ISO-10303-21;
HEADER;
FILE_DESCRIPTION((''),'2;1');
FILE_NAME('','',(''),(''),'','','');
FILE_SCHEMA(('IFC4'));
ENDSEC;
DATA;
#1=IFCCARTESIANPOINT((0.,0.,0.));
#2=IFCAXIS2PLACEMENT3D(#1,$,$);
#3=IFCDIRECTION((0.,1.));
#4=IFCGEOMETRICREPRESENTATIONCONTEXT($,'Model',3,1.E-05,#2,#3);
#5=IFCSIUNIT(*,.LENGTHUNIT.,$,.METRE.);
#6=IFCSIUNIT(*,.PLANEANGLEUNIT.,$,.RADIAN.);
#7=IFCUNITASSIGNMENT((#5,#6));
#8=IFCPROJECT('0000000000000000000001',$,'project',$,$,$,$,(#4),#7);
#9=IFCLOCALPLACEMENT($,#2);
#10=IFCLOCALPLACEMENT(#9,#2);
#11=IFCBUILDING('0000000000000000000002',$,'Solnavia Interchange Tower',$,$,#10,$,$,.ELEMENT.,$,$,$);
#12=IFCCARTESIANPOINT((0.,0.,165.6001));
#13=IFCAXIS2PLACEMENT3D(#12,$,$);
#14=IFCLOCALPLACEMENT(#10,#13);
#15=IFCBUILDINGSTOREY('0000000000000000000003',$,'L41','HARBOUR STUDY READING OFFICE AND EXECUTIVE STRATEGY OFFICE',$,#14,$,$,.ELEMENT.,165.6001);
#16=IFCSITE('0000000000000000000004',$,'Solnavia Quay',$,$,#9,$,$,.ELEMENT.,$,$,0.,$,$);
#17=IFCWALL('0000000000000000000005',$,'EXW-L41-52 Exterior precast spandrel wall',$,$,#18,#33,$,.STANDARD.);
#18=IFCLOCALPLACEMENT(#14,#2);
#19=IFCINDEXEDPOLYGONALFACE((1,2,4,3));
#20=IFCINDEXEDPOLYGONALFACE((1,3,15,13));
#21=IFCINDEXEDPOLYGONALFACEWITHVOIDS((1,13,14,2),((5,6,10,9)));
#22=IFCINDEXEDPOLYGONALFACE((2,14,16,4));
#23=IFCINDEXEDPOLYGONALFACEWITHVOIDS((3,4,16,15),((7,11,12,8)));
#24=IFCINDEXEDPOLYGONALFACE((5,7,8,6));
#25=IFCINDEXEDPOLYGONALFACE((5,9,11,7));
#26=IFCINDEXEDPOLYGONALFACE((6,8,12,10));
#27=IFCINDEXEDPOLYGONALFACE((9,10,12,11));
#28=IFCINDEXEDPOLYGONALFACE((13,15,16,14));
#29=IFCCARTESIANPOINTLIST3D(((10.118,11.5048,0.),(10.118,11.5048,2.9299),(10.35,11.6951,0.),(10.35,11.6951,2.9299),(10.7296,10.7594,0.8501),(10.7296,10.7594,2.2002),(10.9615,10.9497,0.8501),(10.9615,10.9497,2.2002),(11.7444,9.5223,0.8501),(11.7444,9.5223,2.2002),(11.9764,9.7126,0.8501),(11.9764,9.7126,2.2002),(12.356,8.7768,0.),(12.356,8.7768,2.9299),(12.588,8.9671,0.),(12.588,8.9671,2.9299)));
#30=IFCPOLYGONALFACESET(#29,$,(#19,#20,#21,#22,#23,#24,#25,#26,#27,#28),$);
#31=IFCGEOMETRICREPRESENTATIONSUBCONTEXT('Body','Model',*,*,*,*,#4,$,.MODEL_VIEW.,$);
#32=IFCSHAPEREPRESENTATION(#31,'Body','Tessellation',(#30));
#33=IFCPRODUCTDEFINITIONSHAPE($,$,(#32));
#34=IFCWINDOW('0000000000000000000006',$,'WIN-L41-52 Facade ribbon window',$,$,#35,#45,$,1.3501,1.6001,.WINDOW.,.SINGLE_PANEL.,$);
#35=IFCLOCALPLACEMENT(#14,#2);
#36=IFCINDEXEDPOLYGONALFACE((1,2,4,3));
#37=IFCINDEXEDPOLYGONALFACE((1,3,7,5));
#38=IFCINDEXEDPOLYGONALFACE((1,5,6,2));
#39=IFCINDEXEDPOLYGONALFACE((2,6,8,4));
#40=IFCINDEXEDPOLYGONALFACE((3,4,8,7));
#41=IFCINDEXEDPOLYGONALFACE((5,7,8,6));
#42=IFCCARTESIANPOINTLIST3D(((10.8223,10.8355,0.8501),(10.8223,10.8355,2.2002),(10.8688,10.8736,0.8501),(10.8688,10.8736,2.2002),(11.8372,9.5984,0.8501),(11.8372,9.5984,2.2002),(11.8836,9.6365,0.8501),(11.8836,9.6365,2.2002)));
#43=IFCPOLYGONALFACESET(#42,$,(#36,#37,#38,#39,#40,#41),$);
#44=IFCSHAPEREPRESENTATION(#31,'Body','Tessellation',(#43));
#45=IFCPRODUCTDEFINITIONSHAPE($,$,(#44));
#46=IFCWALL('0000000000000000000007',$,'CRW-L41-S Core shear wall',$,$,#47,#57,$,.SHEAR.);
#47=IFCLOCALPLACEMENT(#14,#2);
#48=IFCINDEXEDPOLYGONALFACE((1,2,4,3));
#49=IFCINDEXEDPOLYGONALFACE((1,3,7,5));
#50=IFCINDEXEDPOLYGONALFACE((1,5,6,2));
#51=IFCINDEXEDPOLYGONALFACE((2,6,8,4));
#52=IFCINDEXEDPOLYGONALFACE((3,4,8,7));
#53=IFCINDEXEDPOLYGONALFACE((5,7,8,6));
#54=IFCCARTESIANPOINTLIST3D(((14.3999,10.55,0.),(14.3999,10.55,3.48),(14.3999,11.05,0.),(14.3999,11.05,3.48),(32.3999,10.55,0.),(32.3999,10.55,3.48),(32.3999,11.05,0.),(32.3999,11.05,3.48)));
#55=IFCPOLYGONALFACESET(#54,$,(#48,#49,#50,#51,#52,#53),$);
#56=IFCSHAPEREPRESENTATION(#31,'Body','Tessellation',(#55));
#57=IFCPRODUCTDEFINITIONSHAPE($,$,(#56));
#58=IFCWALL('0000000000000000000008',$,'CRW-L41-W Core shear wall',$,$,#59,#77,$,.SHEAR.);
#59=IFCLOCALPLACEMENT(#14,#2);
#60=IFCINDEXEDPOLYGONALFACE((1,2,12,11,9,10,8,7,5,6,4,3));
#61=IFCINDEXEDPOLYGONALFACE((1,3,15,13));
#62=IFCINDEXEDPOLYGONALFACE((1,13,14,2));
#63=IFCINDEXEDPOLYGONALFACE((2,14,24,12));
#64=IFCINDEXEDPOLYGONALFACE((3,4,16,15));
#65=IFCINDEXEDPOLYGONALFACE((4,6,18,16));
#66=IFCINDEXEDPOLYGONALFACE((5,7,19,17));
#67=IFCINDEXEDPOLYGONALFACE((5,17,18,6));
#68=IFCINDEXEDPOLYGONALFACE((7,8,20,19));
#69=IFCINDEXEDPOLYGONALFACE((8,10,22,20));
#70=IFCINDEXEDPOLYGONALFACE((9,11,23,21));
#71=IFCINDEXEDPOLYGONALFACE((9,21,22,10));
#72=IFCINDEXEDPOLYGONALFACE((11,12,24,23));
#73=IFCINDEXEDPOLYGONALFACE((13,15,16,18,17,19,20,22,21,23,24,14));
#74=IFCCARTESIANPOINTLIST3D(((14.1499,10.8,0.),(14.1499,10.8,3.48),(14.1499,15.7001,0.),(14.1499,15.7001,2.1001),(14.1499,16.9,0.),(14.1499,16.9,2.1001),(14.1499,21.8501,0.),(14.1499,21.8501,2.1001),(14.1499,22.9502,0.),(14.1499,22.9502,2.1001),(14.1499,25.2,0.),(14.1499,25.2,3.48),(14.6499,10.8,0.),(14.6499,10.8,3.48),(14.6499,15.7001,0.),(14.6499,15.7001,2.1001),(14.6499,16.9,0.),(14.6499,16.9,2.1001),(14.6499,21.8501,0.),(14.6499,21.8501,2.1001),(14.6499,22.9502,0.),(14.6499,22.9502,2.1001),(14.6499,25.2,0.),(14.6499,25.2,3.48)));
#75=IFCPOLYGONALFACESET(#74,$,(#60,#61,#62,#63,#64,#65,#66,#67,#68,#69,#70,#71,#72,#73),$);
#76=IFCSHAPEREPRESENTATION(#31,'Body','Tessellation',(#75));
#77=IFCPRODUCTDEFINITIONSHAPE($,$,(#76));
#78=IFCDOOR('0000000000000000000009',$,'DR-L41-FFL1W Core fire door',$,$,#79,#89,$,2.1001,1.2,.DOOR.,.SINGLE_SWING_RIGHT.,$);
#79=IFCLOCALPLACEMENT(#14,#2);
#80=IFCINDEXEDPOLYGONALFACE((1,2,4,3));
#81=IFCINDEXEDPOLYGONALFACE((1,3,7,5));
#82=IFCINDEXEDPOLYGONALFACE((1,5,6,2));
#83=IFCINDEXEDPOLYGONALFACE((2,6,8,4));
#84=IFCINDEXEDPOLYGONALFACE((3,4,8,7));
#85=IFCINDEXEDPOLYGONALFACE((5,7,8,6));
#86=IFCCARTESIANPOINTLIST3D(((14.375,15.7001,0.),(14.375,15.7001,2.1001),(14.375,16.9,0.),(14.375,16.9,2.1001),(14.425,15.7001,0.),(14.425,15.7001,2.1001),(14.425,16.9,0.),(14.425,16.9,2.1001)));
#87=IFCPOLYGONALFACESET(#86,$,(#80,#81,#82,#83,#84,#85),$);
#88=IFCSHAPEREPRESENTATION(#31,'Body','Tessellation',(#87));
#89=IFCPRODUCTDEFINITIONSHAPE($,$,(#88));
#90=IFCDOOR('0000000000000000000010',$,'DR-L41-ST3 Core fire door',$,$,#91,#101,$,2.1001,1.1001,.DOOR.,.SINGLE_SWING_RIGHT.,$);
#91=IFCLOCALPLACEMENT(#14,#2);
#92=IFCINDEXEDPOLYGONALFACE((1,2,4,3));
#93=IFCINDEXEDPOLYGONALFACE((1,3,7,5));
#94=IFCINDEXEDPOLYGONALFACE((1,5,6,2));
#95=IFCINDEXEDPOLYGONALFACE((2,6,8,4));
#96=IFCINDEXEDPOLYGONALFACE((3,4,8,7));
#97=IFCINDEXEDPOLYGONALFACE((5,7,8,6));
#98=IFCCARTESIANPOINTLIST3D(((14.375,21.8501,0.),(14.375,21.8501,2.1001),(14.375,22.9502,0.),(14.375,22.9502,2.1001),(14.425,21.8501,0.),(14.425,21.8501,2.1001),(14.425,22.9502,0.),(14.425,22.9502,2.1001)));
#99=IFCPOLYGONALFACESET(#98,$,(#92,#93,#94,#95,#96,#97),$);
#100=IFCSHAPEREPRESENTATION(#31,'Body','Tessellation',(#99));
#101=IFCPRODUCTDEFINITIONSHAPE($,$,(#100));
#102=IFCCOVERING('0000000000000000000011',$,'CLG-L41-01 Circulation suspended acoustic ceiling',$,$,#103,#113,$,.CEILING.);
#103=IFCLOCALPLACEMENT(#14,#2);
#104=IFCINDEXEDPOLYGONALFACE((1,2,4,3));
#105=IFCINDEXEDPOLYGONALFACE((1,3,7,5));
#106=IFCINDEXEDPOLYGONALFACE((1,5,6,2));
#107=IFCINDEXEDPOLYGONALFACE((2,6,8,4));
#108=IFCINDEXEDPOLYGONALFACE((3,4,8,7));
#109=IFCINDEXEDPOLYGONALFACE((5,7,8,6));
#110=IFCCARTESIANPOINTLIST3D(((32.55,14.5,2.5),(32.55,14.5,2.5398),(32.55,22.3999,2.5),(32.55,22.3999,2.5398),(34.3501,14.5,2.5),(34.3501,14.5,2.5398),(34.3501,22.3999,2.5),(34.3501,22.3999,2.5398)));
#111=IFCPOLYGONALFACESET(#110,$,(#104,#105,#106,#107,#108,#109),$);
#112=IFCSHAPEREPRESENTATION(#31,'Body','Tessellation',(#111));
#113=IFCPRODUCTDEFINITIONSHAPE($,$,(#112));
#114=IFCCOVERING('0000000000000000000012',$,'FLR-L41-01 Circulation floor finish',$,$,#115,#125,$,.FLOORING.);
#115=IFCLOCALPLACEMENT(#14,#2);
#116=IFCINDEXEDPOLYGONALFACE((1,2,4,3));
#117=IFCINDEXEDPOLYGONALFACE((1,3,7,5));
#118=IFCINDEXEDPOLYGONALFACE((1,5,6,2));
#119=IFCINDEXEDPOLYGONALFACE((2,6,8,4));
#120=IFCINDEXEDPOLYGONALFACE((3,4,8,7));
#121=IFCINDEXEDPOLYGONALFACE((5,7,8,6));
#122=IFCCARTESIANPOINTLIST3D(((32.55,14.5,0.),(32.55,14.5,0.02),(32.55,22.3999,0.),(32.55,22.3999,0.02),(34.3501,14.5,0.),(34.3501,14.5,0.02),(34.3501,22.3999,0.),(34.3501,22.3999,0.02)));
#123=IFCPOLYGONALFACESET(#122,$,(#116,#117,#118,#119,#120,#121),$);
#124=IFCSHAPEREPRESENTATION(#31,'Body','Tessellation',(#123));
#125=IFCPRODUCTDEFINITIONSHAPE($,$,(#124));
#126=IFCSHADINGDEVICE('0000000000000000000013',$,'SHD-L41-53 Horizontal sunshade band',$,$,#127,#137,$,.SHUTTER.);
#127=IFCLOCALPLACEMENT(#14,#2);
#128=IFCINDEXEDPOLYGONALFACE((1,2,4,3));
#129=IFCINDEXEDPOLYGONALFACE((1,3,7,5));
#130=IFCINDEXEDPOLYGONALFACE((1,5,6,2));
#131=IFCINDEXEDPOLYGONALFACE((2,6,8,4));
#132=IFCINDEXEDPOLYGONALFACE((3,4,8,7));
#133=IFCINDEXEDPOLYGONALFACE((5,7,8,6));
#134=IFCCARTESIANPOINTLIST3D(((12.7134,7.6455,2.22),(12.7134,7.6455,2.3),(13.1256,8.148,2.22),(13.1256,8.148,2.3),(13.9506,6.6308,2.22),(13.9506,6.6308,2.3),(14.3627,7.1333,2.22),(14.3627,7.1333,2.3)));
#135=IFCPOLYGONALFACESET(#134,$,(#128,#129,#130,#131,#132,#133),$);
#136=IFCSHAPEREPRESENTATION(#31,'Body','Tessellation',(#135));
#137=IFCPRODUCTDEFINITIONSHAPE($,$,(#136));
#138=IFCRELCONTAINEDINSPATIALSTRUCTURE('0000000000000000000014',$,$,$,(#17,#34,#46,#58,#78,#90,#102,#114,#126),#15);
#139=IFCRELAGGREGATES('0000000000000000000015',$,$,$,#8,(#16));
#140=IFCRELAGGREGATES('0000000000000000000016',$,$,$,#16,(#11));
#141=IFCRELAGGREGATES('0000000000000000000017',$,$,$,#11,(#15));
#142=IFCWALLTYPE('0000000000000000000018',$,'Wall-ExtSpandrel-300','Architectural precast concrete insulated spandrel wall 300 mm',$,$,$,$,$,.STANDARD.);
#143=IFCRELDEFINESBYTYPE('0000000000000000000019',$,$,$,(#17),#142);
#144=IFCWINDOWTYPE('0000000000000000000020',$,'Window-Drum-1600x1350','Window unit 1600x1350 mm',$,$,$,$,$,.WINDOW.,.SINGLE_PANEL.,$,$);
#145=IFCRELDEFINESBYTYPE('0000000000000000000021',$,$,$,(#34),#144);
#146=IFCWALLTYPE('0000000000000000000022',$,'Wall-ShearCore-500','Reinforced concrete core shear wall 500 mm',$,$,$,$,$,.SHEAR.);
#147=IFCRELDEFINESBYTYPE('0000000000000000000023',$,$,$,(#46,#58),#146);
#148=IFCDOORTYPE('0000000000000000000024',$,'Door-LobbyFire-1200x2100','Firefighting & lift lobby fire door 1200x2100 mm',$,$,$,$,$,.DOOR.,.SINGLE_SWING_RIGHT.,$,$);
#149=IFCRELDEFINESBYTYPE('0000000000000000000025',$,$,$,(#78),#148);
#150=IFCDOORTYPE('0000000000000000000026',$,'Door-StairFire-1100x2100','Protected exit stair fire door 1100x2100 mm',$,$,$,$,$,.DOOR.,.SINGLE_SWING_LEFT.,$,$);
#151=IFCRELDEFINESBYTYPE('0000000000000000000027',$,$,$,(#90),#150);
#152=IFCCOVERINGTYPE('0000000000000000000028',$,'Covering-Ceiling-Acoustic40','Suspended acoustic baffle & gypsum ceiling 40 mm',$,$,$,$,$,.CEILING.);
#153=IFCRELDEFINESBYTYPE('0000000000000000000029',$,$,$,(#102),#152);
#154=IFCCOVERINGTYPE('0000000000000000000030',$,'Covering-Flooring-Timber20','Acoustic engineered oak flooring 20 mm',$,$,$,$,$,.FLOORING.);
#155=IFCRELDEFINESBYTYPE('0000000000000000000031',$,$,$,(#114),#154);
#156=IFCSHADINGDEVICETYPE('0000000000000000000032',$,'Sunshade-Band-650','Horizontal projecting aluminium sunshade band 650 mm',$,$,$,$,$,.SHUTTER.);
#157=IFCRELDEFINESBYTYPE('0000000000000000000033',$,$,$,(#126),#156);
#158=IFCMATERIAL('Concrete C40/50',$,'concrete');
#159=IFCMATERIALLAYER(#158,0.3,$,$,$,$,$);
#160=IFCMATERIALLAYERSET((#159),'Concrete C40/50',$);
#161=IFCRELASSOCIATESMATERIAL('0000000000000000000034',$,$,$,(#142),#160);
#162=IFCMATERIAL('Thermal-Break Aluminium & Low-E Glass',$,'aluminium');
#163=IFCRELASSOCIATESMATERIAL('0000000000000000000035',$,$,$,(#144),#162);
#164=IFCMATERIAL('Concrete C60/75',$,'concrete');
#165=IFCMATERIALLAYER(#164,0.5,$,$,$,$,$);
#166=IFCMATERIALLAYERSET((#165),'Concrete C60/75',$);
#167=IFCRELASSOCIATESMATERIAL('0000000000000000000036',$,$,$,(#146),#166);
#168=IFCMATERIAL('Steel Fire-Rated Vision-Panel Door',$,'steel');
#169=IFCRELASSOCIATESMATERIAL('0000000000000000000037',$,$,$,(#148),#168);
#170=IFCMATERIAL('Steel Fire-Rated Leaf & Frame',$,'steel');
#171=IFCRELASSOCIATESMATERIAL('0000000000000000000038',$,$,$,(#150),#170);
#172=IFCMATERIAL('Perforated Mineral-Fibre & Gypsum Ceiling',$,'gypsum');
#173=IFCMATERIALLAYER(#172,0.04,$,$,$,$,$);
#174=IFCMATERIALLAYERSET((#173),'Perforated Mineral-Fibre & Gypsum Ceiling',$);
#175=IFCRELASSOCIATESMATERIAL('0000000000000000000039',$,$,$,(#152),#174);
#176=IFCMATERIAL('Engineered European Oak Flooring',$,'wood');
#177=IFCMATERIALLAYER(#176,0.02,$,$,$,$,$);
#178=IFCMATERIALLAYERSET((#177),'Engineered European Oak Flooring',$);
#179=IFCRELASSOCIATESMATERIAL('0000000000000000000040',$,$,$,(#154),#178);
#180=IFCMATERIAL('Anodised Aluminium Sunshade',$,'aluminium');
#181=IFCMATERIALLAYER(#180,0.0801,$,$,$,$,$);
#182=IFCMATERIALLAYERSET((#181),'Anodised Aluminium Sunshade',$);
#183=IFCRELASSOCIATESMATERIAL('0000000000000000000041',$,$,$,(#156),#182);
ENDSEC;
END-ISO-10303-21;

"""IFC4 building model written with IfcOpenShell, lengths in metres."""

from ifc_helpers import new_model, si_unit, direction, frame, frame_2d, origin, origin_2d, place, context, subcontext, project, spatial, polyline, rectangle, outline, extrude, material, layer, layer_set, type_object, element, fill, save


model = new_model("IFC4")

# Units and contexts
model_context = context("Model", 3, precision=1e-05, world=origin(), true_north=direction((0.0, 1.0)))
body_context = subcontext(model_context, "Body", "Model", "MODEL_VIEW")
ifc_project = project(units=[si_unit("LENGTHUNIT", "METRE"), si_unit("PLANEANGLEUNIT", "RADIAN")], contexts=[model_context])

# Site, building, storey
site_placement = place(None, origin())
site = spatial("IfcSite", under=ifc_project, at=site_placement, Name="Solnavia Quay", CompositionType="ELEMENT", RefElevation=0.0)
building_placement = place(site_placement, origin())
building = spatial("IfcBuilding", under=site, at=building_placement, Name="Solnavia Interchange Tower", CompositionType="ELEMENT")
storey_placement = place(building_placement, frame((0.0, 0.0, 165.6001)))
storey = spatial("IfcBuildingStorey", under=building, at=storey_placement, Name="L41", Description="HARBOUR STUDY READING OFFICE AND EXECUTIVE STRATEGY OFFICE", CompositionType="ELEMENT", Elevation=165.6001)

# Shared definitions
ifc_material_1 = material(Name="Concrete C40/50", Category="concrete")

# Wall, opening, window
ifc_layer_1 = layer(ifc_material_1, 0.3)
ifc_layer_set_1 = layer_set([ifc_layer_1], Name="Concrete C40/50")
wall_type_1 = type_object("IfcWallType", Name="Wall-ExtSpandrel-300", Description="Architectural precast concrete insulated spandrel wall 300 mm", PredefinedType="STANDARD", material=ifc_layer_set_1)
wall_1_placement = place(storey_placement, frame((12.4719, 8.8721, 0.0), z_axis=(0.0, 0.0, 1.0), x_axis=(-0.634258, 0.773121, 0.0)))
wall_1 = element("IfcWall", 1, at=wall_1_placement, inside=storey, type_object=wall_type_1, Name="EXW-L41-52 Exterior precast spandrel wall", PredefinedType="STANDARD", context=body_context, shape_type="SweptSolid", body=[
    extrude(rectangle(XDim=3.5286, YDim=0.3, at=frame_2d((1.7642, 0.0))), origin(), (0.0, 0.0, 1.0), 2.9299),
])
opening_1_placement = place(wall_1_placement, frame((0.9641, 0.0, 0.8501)))
opening_1 = element("IfcOpeningElement", 2, at=opening_1_placement, cuts=wall_1, PredefinedType="OPENING", context=body_context, shape_type="SweptSolid", body=[
    extrude(rectangle(XDim=1.6001, YDim=1.3501, at=frame_2d((0.8, 0.675))), frame((0.0, 0.1602, 0.0), z_axis=(0.0, -1.0, 0.0), x_axis=(1.0, 0.0, 0.0)), (0.0, 0.0, 1.0), 0.3201),
])
ifc_material_2 = material(Name="Thermal-Break Aluminium & Low-E Glass", Category="aluminium")
window_type = type_object("IfcWindowType", Name="Window-Drum-1600x1350", Description="Window unit 1600x1350 mm", PartitioningType="SINGLE_PANEL", PredefinedType="WINDOW", material=ifc_material_2)
window_placement = place(opening_1_placement, origin())
window = element("IfcWindow", 3, at=window_placement, inside=storey, type_object=window_type, Name="WIN-L41-52 Facade ribbon window", OverallHeight=1.3501, OverallWidth=1.6001, PartitioningType="SINGLE_PANEL", PredefinedType="WINDOW", context=body_context, shape_type="SweptSolid", body=[
    extrude(rectangle(XDim=1.6001, YDim=1.3501, at=frame_2d((0.8, 0.675))), frame((0.0, 0.03, 0.0), z_axis=(0.0, -1.0, 0.0), x_axis=(1.0, 0.0, 0.0)), (0.0, 0.0, 1.0), 0.0601),
])
fill(opening_1, window)

# Wall
ifc_material_3 = material(Name="Concrete C60/75", Category="concrete")
ifc_layer_2 = layer(ifc_material_3, 0.5)
ifc_layer_set_2 = layer_set([ifc_layer_2], Name="Concrete C60/75")
wall_type_2 = type_object("IfcWallType", Name="Wall-ShearCore-500", Description="Reinforced concrete core shear wall 500 mm", PredefinedType="SHEAR", material=ifc_layer_set_2)
wall_2_placement = place(storey_placement, frame((14.3999, 10.8, 0.0), z_axis=(0.0, 0.0, 1.0), x_axis=(1.0, 0.0, 0.0)))
element("IfcWall", 4, at=wall_2_placement, inside=storey, type_object=wall_type_2, Name="CRW-L41-S Core shear wall", PredefinedType="SHEAR", context=body_context, shape_type="SweptSolid", body=[
    extrude(rectangle(XDim=18.0, YDim=0.5, at=frame_2d((9.0, 0.0))), origin(), (0.0, 0.0, 1.0), 3.48),
])

# Wall, openings, doors
wall_3_placement = place(storey_placement, frame((14.3999, 10.8, 0.0), z_axis=(0.0, 0.0, 1.0), x_axis=(0.0, 1.0, 0.0)))
wall_3 = element("IfcWall", 5, at=wall_3_placement, inside=storey, type_object=wall_type_2, Name="CRW-L41-W Core shear wall", PredefinedType="SHEAR", context=body_context, shape_type="SweptSolid", body=[
    extrude(rectangle(XDim=14.3999, YDim=0.5, at=frame_2d((7.2, 0.0))), origin(), (0.0, 0.0, 1.0), 3.48),
])
opening_2_placement = place(wall_3_placement, frame((11.05, 0.0, 0.0)))
opening_2 = element("IfcOpeningElement", 6, at=opening_2_placement, cuts=wall_3, PredefinedType="OPENING", context=body_context, shape_type="SweptSolid", body=[
    extrude(rectangle(XDim=1.1001, YDim=2.1001, at=frame_2d((0.55, 1.05))), frame((0.0, 0.26, 0.0), z_axis=(0.0, -1.0, 0.0), x_axis=(1.0, 0.0, 0.0)), (0.0, 0.0, 1.0), 0.52),
])
opening_3_placement = place(wall_3_placement, frame((4.8999, 0.0, 0.0)))
opening_3 = element("IfcOpeningElement", 7, at=opening_3_placement, cuts=wall_3, PredefinedType="OPENING", context=body_context, shape_type="SweptSolid", body=[
    extrude(rectangle(XDim=1.2, YDim=2.1001, at=frame_2d((0.6001, 1.05))), frame((0.0, 0.26, 0.0), z_axis=(0.0, -1.0, 0.0), x_axis=(1.0, 0.0, 0.0)), (0.0, 0.0, 1.0), 0.52),
])
ifc_material_4 = material(Name="Steel Fire-Rated Vision-Panel Door", Category="steel")
door_type_1 = type_object("IfcDoorType", Name="Door-LobbyFire-1200x2100", Description="Firefighting & lift lobby fire door 1200x2100 mm", OperationType="SINGLE_SWING_RIGHT", PredefinedType="DOOR", material=ifc_material_4)
door_1_placement = place(opening_3_placement, origin())
door_1 = element("IfcDoor", 8, at=door_1_placement, inside=storey, type_object=door_type_1, Name="DR-L41-FFL1W Core fire door", OperationType="SINGLE_SWING_RIGHT", OverallHeight=2.1001, OverallWidth=1.2, PredefinedType="DOOR", context=body_context, shape_type="SweptSolid", body=[
    extrude(rectangle(XDim=1.2, YDim=2.1001, at=frame_2d((0.6001, 1.05))), frame((0.0, 0.0249, 0.0), z_axis=(0.0, -1.0, 0.0), x_axis=(1.0, 0.0, 0.0)), (0.0, 0.0, 1.0), 0.05),
])
fill(opening_3, door_1)
ifc_material_5 = material(Name="Steel Fire-Rated Leaf & Frame", Category="steel")
door_type_2 = type_object("IfcDoorType", Name="Door-StairFire-1100x2100", Description="Protected exit stair fire door 1100x2100 mm", OperationType="SINGLE_SWING_LEFT", PredefinedType="DOOR", material=ifc_material_5)
door_2_placement = place(opening_2_placement, origin())
door_2 = element("IfcDoor", 9, at=door_2_placement, inside=storey, type_object=door_type_2, Name="DR-L41-ST3 Core fire door", OperationType="SINGLE_SWING_RIGHT", OverallHeight=2.1001, OverallWidth=1.1001, PredefinedType="DOOR", context=body_context, shape_type="SweptSolid", body=[
    extrude(rectangle(XDim=1.1001, YDim=2.1001, at=frame_2d((0.55, 1.05))), frame((0.0, 0.0249, 0.0), z_axis=(0.0, -1.0, 0.0), x_axis=(1.0, 0.0, 0.0)), (0.0, 0.0, 1.0), 0.05),
])
fill(opening_2, door_2)

# Coverings
ifc_material_6 = material(Name="Perforated Mineral-Fibre & Gypsum Ceiling", Category="gypsum")
ifc_layer_3 = layer(ifc_material_6, 0.04)
ifc_layer_set_3 = layer_set([ifc_layer_3], Name="Perforated Mineral-Fibre & Gypsum Ceiling")
covering_type_1 = type_object("IfcCoveringType", Name="Covering-Ceiling-Acoustic40", Description="Suspended acoustic baffle & gypsum ceiling 40 mm", PredefinedType="CEILING", material=ifc_layer_set_3)
covering_1_placement = place(storey_placement, frame((0.0, 0.0, 2.5)))
element("IfcCovering", 10, at=covering_1_placement, inside=storey, type_object=covering_type_1, Name="CLG-L41-01 Circulation suspended acoustic ceiling", PredefinedType="CEILING", context=body_context, shape_type="SweptSolid", body=[
    extrude(outline(polyline([(32.55, 14.5), (34.3501, 14.5), (34.3501, 22.3999), (32.55, 22.3999), (32.55, 14.5)])), origin(), (0.0, 0.0, 1.0), 0.0398),
])
ifc_material_7 = material(Name="Engineered European Oak Flooring", Category="wood")
ifc_layer_4 = layer(ifc_material_7, 0.02)
ifc_layer_set_4 = layer_set([ifc_layer_4], Name="Engineered European Oak Flooring")
covering_type_2 = type_object("IfcCoveringType", Name="Covering-Flooring-Timber20", Description="Acoustic engineered oak flooring 20 mm", PredefinedType="FLOORING", material=ifc_layer_set_4)
covering_2_placement = place(storey_placement, origin())
element("IfcCovering", 11, at=covering_2_placement, inside=storey, type_object=covering_type_2, Name="FLR-L41-01 Circulation floor finish", PredefinedType="FLOORING", context=body_context, shape_type="SweptSolid", body=[
    extrude(outline(polyline([(32.55, 14.5), (34.3501, 14.5), (34.3501, 22.3999), (32.55, 22.3999), (32.55, 14.5)])), origin(), (0.0, 0.0, 1.0), 0.02),
])

# Shading device
ifc_material_8 = material(Name="Anodised Aluminium Sunshade", Category="aluminium")
ifc_layer_5 = layer(ifc_material_8, 0.0801)
ifc_layer_set_5 = layer_set([ifc_layer_5], Name="Anodised Aluminium Sunshade")
shading_device_type = type_object("IfcShadingDeviceType", Name="Sunshade-Band-650", Description="Horizontal projecting aluminium sunshade band 650 mm", PredefinedType="SHUTTER", material=ifc_layer_set_5)
shading_device_placement = place(storey_placement, frame((13.5381, 7.3894, 2.22), z_axis=(0.0, 0.0, 1.0), x_axis=(-0.773177, 0.634191, 0.0)))
element("IfcShadingDevice", 12, at=shading_device_placement, inside=storey, type_object=shading_device_type, Name="SHD-L41-53 Horizontal sunshade band", PredefinedType="SHUTTER", context=body_context, shape_type="SweptSolid", body=[
    extrude(rectangle(XDim=1.6001, YDim=0.6499, at=origin_2d()), origin(), (0.0, 0.0, 1.0), 0.0801),
])

save(model, "model.ifc")
